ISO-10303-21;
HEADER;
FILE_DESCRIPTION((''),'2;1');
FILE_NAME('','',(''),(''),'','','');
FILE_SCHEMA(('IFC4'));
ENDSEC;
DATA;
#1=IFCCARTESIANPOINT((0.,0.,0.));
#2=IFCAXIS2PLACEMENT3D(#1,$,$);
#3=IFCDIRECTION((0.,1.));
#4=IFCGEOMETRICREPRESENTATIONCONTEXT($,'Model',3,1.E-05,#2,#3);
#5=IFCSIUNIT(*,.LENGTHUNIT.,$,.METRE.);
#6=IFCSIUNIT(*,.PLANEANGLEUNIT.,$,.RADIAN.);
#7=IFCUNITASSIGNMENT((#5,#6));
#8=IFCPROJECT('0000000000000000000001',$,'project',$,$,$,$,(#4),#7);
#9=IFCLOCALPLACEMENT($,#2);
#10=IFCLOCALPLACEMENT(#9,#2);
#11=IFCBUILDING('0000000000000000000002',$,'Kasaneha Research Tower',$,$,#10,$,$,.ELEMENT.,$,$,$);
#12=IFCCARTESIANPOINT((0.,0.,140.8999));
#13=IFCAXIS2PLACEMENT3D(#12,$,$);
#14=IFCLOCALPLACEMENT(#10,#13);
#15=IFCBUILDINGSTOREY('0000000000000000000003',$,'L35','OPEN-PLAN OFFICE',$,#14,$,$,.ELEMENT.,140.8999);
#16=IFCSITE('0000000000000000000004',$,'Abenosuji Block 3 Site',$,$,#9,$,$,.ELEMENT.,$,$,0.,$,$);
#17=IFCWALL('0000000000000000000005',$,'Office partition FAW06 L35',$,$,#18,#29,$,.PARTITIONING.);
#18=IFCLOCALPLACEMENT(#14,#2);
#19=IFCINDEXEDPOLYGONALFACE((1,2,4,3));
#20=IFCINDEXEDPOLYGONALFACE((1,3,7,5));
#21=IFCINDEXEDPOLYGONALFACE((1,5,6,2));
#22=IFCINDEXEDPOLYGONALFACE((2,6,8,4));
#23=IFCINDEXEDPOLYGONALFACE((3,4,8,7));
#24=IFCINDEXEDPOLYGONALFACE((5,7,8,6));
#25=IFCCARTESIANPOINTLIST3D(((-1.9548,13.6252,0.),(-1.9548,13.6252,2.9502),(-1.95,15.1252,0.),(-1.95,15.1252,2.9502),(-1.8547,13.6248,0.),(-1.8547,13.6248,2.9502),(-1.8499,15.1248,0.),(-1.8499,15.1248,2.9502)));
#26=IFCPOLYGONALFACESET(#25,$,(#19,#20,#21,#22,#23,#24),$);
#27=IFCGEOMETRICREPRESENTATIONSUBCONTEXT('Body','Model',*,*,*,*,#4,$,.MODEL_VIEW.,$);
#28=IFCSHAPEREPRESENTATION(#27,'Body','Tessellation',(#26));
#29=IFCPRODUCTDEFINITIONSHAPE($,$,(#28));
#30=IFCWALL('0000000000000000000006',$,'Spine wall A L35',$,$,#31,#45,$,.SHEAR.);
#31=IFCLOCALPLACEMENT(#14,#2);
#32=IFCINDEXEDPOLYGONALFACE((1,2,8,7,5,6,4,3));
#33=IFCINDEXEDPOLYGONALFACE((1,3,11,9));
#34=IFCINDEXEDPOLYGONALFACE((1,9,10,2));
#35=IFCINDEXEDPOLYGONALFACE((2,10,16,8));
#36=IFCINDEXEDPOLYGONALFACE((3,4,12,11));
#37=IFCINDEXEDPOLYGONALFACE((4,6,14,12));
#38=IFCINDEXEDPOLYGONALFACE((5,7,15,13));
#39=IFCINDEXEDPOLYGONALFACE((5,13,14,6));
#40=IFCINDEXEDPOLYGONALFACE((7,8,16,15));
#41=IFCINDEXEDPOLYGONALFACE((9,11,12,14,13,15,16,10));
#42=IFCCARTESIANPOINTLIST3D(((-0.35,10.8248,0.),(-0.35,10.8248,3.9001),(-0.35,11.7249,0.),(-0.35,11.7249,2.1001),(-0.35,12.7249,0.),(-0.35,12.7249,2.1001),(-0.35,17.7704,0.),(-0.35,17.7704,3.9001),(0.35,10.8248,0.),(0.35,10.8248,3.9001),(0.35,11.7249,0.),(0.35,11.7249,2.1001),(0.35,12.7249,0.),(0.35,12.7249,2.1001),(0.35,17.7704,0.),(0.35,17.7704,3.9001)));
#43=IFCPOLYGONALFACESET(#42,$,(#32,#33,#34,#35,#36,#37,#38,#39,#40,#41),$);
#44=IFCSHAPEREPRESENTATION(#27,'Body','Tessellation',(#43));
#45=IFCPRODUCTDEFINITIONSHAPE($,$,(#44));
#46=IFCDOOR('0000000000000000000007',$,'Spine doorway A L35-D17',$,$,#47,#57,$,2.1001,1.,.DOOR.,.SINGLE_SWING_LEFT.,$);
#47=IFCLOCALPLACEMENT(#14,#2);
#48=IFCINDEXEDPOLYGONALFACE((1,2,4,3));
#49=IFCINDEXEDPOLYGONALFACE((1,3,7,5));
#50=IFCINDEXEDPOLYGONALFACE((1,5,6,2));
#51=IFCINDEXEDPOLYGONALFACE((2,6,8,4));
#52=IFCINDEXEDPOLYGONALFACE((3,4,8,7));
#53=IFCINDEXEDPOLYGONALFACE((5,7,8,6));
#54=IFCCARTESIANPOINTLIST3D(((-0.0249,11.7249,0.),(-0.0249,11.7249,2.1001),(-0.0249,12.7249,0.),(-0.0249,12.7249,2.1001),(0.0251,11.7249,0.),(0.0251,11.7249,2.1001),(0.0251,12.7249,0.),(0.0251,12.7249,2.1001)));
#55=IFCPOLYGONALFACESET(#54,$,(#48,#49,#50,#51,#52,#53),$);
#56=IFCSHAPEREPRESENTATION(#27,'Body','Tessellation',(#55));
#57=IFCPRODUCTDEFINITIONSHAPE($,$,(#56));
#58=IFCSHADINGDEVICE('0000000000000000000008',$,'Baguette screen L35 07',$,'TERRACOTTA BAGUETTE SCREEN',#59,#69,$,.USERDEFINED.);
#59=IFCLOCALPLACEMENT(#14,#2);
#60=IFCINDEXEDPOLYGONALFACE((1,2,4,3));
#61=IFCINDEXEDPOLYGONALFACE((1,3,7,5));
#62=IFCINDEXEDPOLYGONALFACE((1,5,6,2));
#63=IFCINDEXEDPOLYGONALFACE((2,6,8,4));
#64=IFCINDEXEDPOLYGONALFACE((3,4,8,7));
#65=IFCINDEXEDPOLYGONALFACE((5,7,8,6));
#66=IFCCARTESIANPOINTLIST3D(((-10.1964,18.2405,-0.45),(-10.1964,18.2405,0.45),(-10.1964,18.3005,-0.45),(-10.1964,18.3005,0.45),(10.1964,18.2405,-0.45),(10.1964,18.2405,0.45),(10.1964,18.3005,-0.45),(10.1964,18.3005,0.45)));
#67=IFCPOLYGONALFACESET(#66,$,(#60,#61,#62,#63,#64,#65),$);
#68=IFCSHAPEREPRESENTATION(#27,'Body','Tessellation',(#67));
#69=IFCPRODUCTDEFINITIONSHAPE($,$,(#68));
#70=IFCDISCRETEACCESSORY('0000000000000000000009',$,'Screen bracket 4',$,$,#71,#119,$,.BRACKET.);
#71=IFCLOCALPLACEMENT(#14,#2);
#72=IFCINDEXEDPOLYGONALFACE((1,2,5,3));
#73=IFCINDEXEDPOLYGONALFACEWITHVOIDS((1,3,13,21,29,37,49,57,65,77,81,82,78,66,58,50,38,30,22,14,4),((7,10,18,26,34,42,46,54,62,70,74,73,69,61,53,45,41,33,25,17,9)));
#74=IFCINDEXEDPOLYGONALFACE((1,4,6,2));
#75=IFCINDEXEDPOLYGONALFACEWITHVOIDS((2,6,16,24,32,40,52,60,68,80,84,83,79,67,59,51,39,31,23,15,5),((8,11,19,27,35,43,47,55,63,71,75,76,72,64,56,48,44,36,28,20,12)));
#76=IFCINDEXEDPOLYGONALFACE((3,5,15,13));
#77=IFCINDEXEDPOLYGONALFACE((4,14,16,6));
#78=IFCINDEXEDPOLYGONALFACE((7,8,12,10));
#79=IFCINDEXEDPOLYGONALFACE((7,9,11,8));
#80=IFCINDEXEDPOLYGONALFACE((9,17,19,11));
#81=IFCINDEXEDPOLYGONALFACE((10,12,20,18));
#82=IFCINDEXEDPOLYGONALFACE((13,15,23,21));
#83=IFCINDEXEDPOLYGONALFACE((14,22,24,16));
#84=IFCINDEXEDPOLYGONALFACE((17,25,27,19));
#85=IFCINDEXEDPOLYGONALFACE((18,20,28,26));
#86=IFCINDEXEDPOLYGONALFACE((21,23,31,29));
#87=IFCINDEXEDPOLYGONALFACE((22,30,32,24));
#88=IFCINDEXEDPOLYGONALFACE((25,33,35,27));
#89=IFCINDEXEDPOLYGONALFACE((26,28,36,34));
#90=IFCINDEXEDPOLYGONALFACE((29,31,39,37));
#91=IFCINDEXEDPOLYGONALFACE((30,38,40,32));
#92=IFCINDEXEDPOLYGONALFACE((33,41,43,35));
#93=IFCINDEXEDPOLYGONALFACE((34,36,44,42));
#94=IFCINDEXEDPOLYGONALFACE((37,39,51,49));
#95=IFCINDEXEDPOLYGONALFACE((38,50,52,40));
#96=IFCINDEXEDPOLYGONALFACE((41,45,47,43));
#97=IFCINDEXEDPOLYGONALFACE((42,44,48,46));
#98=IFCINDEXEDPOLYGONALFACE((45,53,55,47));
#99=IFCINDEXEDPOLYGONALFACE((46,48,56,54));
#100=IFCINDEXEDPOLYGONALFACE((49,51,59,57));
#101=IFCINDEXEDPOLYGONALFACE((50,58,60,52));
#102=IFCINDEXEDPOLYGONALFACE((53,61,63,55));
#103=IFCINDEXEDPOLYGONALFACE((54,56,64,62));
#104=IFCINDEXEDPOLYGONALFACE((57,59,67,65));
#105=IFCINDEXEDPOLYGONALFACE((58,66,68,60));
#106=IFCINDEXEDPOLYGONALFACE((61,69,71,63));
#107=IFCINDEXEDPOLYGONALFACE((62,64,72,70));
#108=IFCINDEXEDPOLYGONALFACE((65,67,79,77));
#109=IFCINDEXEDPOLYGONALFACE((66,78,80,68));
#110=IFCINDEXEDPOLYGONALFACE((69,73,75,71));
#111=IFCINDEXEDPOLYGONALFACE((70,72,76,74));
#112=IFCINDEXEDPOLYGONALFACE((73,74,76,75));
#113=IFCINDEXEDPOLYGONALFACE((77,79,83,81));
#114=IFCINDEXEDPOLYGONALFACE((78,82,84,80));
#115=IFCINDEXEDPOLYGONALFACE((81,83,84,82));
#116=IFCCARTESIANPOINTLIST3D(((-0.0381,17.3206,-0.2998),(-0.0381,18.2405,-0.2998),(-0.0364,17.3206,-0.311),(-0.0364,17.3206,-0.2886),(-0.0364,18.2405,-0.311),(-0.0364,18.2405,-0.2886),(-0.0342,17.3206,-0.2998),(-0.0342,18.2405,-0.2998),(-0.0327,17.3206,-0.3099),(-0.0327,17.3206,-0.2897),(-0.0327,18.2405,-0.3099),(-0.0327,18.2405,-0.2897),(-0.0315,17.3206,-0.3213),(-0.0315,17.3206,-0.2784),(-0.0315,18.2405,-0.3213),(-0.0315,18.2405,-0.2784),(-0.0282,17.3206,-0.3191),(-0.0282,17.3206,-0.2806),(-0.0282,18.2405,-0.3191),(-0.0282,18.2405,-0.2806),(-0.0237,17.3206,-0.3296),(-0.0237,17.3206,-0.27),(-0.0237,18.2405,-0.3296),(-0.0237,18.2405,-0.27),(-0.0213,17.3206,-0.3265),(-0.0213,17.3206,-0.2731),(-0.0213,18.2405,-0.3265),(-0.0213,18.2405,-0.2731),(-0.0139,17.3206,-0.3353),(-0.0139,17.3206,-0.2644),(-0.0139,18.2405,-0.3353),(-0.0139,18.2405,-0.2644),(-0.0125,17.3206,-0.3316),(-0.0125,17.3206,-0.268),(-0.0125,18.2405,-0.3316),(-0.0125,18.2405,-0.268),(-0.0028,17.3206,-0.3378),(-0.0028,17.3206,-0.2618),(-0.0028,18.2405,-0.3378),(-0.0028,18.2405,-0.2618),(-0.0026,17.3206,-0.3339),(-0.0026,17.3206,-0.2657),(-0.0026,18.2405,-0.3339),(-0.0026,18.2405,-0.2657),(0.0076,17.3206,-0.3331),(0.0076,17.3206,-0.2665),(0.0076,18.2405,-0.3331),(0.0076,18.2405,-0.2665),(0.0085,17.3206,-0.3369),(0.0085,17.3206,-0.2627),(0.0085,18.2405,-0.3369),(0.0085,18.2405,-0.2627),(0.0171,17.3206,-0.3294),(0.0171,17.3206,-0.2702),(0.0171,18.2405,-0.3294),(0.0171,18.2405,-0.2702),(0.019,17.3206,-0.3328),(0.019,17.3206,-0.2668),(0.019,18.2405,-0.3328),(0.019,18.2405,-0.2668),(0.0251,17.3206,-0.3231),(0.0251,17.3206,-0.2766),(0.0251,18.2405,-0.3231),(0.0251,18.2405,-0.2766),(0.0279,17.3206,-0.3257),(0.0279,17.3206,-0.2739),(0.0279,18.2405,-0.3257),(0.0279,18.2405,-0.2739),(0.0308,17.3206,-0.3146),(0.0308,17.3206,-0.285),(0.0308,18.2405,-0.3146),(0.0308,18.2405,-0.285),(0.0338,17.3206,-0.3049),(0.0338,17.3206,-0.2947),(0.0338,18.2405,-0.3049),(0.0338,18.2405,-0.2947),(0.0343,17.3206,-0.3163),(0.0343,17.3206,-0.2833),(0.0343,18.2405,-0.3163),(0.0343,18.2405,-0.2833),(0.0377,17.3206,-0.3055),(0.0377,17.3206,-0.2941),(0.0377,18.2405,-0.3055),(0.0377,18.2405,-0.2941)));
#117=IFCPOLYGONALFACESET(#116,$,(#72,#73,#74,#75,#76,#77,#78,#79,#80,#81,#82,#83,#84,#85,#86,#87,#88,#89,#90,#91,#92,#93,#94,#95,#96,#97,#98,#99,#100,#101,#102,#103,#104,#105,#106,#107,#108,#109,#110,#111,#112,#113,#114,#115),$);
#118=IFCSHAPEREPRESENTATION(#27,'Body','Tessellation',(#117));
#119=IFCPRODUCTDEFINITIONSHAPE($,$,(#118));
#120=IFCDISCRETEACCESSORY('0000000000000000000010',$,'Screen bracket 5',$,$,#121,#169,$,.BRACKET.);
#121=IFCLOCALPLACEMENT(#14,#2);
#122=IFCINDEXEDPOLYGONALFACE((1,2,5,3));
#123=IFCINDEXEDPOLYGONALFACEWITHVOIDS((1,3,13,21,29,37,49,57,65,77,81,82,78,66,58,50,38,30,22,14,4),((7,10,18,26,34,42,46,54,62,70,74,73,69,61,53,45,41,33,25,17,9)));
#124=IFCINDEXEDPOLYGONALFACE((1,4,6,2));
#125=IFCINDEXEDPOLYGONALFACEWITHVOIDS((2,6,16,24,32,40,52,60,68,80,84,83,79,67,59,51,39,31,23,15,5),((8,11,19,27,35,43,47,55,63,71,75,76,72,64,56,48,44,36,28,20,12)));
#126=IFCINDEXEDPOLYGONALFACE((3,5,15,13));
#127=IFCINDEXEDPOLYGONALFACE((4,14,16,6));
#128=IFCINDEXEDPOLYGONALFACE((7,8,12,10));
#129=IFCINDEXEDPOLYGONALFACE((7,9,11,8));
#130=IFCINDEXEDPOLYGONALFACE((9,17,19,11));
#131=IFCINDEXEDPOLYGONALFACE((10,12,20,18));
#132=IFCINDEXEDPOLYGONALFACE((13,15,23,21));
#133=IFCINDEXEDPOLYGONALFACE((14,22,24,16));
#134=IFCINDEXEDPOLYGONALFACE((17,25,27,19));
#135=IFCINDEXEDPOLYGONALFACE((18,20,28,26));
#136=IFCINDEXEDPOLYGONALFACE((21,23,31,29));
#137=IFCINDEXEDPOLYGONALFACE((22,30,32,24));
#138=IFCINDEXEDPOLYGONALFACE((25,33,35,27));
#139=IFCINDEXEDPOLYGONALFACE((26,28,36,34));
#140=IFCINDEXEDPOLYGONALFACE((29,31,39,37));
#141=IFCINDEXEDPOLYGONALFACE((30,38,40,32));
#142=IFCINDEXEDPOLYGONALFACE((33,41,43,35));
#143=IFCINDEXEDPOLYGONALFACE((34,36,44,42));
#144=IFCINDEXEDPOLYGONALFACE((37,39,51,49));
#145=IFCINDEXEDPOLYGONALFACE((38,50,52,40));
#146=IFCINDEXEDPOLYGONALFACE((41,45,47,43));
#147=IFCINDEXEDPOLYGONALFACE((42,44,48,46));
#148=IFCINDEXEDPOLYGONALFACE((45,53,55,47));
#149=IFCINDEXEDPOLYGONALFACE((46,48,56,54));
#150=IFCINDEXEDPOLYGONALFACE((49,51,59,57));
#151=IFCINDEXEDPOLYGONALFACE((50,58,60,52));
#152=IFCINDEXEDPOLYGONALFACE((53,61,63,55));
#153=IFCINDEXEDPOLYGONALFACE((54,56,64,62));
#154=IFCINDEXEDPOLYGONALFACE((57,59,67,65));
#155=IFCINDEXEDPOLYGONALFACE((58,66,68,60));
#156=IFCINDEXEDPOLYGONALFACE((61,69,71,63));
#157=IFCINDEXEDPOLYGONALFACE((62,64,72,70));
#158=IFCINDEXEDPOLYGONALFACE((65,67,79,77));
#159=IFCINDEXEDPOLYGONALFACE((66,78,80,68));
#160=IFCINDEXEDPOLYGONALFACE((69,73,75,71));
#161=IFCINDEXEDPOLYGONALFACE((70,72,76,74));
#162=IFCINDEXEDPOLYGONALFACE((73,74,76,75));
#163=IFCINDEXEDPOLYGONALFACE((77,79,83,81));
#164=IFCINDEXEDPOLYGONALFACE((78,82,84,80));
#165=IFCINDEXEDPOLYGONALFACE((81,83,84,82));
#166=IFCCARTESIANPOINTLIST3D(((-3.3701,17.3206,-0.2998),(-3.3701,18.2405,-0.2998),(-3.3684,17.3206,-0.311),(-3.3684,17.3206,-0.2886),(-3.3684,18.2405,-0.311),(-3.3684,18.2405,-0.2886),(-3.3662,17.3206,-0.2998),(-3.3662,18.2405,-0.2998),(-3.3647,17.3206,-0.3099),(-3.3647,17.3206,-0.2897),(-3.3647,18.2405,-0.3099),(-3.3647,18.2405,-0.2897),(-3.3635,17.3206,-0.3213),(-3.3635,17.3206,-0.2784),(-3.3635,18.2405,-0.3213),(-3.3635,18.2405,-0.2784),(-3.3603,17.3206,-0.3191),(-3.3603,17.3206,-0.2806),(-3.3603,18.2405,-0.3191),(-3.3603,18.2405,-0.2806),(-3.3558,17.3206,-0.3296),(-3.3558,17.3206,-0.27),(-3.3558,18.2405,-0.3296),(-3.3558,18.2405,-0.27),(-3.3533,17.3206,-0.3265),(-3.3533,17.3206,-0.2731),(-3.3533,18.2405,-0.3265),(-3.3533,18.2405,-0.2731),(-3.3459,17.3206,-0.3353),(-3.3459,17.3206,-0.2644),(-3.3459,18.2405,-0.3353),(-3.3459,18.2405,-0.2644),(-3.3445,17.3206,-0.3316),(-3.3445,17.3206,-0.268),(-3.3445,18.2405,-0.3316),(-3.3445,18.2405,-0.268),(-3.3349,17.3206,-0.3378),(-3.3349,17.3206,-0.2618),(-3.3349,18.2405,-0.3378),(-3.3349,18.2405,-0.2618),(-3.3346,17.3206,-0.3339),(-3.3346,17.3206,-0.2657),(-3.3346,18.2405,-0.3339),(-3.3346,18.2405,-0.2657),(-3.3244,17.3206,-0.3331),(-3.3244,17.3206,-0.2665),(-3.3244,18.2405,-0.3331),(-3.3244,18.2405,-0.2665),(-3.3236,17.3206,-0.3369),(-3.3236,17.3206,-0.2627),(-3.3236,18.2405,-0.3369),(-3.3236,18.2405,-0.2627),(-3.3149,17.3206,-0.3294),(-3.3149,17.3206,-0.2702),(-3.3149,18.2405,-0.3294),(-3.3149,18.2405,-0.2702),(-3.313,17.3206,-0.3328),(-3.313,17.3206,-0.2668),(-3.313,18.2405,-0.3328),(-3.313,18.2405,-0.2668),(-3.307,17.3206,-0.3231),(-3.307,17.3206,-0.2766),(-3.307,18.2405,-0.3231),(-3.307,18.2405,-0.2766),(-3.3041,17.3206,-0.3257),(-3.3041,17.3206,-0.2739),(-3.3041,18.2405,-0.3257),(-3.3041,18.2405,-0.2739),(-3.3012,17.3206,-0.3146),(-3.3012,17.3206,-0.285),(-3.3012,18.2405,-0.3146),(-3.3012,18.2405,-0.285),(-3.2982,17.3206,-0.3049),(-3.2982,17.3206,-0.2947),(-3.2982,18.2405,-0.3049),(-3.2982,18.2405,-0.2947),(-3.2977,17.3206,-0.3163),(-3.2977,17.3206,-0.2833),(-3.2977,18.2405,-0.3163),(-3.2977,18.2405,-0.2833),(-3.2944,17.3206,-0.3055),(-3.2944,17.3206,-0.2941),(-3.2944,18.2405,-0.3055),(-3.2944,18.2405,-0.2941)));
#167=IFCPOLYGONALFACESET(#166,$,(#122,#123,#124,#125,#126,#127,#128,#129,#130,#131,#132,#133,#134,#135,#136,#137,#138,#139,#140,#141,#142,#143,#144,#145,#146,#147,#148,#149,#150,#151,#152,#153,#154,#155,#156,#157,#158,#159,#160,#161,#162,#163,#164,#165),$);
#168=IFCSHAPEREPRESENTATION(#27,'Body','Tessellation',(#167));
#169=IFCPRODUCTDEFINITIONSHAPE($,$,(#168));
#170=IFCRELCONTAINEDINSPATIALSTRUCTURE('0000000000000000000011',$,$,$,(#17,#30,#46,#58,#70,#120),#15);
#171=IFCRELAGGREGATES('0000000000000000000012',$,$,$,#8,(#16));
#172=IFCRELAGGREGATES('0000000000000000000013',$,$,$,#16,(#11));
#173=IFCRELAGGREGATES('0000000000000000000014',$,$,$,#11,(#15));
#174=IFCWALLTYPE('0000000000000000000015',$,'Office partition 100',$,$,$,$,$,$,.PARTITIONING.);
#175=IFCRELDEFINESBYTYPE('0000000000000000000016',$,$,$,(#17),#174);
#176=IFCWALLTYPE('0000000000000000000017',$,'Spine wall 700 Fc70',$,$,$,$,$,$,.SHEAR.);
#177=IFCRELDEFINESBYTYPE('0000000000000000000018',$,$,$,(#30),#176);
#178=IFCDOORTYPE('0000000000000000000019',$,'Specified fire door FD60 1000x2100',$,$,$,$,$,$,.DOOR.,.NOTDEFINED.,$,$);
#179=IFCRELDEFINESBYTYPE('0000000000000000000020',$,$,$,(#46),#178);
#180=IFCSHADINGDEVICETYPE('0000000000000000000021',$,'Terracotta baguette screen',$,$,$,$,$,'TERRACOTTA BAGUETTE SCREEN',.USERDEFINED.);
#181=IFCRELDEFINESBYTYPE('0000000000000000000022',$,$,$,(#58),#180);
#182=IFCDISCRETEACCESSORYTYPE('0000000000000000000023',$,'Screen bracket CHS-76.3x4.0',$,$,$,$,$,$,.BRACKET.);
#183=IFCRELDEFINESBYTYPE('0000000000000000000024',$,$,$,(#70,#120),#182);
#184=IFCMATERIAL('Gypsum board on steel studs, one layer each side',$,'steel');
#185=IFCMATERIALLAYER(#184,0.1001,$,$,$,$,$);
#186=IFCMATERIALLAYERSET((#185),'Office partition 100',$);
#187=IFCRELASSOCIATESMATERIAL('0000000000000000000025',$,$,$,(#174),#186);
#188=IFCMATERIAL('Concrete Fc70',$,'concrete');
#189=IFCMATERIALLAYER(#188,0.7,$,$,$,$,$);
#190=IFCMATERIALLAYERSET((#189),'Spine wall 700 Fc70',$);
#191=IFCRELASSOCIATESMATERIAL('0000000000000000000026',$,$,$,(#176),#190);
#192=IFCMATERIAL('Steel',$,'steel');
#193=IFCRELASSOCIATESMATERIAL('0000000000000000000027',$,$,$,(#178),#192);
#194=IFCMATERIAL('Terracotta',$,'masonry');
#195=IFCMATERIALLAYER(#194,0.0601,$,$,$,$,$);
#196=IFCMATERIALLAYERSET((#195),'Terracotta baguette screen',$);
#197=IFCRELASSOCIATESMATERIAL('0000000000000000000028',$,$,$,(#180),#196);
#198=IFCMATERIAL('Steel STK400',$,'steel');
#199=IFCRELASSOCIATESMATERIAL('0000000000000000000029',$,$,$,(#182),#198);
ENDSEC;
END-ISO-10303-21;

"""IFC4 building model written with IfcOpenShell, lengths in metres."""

from ifc_helpers import new_model, si_unit, direction, frame, frame_2d, origin, origin_2d, place, context, subcontext, project, spatial, rectangle, hollow_circle, extrude, material, layer, layer_set, material_profile, profile_set, type_object, element, fill, save


model = new_model("IFC4")

# Units and contexts
model_context = context("Model", 3, precision=1e-05, world=origin(), true_north=direction((0.0, 1.0)))
body_context = subcontext(model_context, "Body", "Model", "MODEL_VIEW")
ifc_project = project(units=[si_unit("LENGTHUNIT", "METRE"), si_unit("PLANEANGLEUNIT", "RADIAN")], contexts=[model_context])

# Site, building, storey
site_placement = place(None, origin())
site = spatial("IfcSite", under=ifc_project, at=site_placement, Name="Abenosuji Block 3 Site", CompositionType="ELEMENT", RefElevation=0.0)
building_placement = place(site_placement, origin())
building = spatial("IfcBuilding", under=site, at=building_placement, Name="Kasaneha Research Tower", CompositionType="ELEMENT")
storey_placement = place(building_placement, frame((0.0, 0.0, 140.8999)))
storey = spatial("IfcBuildingStorey", under=building, at=storey_placement, Name="L35", Description="OPEN-PLAN OFFICE", CompositionType="ELEMENT", Elevation=140.8999)

# Shared definitions
ifc_material_1 = material(Name="Gypsum board on steel studs, one layer each side", Category="steel")
ifc_layer_1 = layer(ifc_material_1, 0.1001)
ifc_layer_set_1 = layer_set([ifc_layer_1], Name="Office partition 100")
wall_type_1 = type_object("IfcWallType", Name="Office partition 100", PredefinedType="PARTITIONING", material=ifc_layer_set_1)

# Wall
for number, where, z_axis, x_axis, name in (
    (1, (-1.8999, 15.125, 0.0), (0.0, 0.0, 1.0), (-0.003255, -0.999995, 0.0), "Office partition FAW06 L35"),
):
    element("IfcWall", number, at=place(storey_placement, frame(where, z_axis=z_axis, x_axis=x_axis)), inside=storey, type_object=wall_type_1, Name=name, PredefinedType="PARTITIONING", context=body_context, shape_type="SweptSolid", body=[
        extrude(rectangle(XDim=1.5, YDim=0.1001, at=frame_2d((0.75, 0.0))), origin(), (0.0, 0.0, 1.0), 2.9502),
    ])

# Wall, opening, door
ifc_material_2 = material(Name="Concrete Fc70", Category="concrete")
ifc_layer_2 = layer(ifc_material_2, 0.7)
ifc_layer_set_2 = layer_set([ifc_layer_2], Name="Spine wall 700 Fc70")
wall_type_2 = type_object("IfcWallType", Name="Spine wall 700 Fc70", PredefinedType="SHEAR", material=ifc_layer_set_2)
wall_1_placement = place(storey_placement, frame((0.0, 10.825, 0.0), z_axis=(0.0, 0.0, 1.0), x_axis=(0.0, 1.0, 0.0)))
wall_1 = element("IfcWall", 2, at=wall_1_placement, inside=storey, type_object=wall_type_2, Name="Spine wall A L35", PredefinedType="SHEAR", context=body_context, shape_type="SweptSolid", body=[
    extrude(rectangle(XDim=6.9456, YDim=0.7, at=frame_2d((3.4727, 0.0))), origin(), (0.0, 0.0, 1.0), 3.9001),
])
opening_1_placement = place(wall_1_placement, frame((0.8999, 0.0, 0.0)))
opening_1 = element("IfcOpeningElement", 3, at=opening_1_placement, cuts=wall_1, PredefinedType="OPENING", context=body_context, shape_type="SweptSolid", body=[
    extrude(rectangle(XDim=1.0, YDim=2.1001, at=frame_2d((0.5, 1.05))), frame((0.0, 0.3599, 0.0), z_axis=(0.0, -1.0, 0.0), x_axis=(1.0, 0.0, 0.0)), (0.0, 0.0, 1.0), 0.72),
])
ifc_material_3 = material(Name="Steel", Category="steel")
door_type_1 = type_object("IfcDoorType", Name="Specified fire door FD60 1000x2100", OperationType="NOTDEFINED", PredefinedType="DOOR", material=ifc_material_3)
door_1_placement = place(opening_1_placement, origin())
door_1 = element("IfcDoor", 4, at=door_1_placement, inside=storey, type_object=door_type_1, Name="Spine doorway A L35-D17", OperationType="SINGLE_SWING_LEFT", OverallHeight=2.1001, OverallWidth=1.0, PredefinedType="DOOR", context=body_context, shape_type="SweptSolid", body=[
    extrude(rectangle(XDim=1.0, YDim=2.1001, at=frame_2d((0.5, 1.05))), frame((0.0, 0.0249, 0.0), z_axis=(0.0, -1.0, 0.0), x_axis=(1.0, 0.0, 0.0)), (0.0, 0.0, 1.0), 0.05),
])
fill(opening_1, door_1)

# Shading device
ifc_material_4 = material(Name="Terracotta", Category="masonry")
ifc_layer_3 = layer(ifc_material_4, 0.0601)
ifc_layer_set_3 = layer_set([ifc_layer_3], Name="Terracotta baguette screen")
shading_device_type = type_object("IfcShadingDeviceType", Name="Terracotta baguette screen", ElementType="TERRACOTTA BAGUETTE SCREEN", PredefinedType="USERDEFINED", material=ifc_layer_set_3)
shading_device_placement = place(storey_placement, frame((0.0, 18.2705, -0.45), z_axis=(0.0, 0.0, 1.0), x_axis=(-1.0, 0.0, 0.0)))
element("IfcShadingDevice", 5, at=shading_device_placement, inside=storey, type_object=shading_device_type, Name="Baguette screen L35 07", ObjectType="TERRACOTTA BAGUETTE SCREEN", PredefinedType="USERDEFINED", context=body_context, shape_type="SweptSolid", body=[
    extrude(rectangle(XDim=20.3928, YDim=0.0601, at=origin_2d()), origin(), (0.0, 0.0, 1.0), 0.8999),
])

# Discrete accessories
ifc_material_5 = material(Name="Steel STK400", Category="steel")
ifc_material_profile_1 = material_profile(ifc_material_5, hollow_circle(Radius=0.0381, WallThickness=0.0039, at=origin_2d()), Name="CHS-76.3x4.0")
ifc_profile_set_1 = profile_set([ifc_material_profile_1], Name="Steel STK400")
discrete_accessory_type = type_object("IfcDiscreteAccessoryType", Name="Screen bracket CHS-76.3x4.0", PredefinedType="BRACKET", material=ifc_profile_set_1)
for number, where, z_axis, x_axis, name in (
    (6, (0.0, 17.3206, -0.2998), (0.0, 1.0, 0.0), (-1.0, 0.0, 0.0), "Screen bracket 4"),
    (7, (-3.332, 17.3206, -0.2998), (0.0, 1.0, 0.0), (-1.0, 0.0, 0.0), "Screen bracket 5"),
):
    element("IfcDiscreteAccessory", number, at=place(storey_placement, frame(where, z_axis=z_axis, x_axis=x_axis)), inside=storey, type_object=discrete_accessory_type, Name=name, PredefinedType="BRACKET", context=body_context, shape_type="SweptSolid", body=[
        extrude(hollow_circle(Radius=0.0381, WallThickness=0.0039, at=origin_2d()), origin(), (0.0, 0.0, 1.0), 0.9199),
    ])

save(model, "model.ifc")
